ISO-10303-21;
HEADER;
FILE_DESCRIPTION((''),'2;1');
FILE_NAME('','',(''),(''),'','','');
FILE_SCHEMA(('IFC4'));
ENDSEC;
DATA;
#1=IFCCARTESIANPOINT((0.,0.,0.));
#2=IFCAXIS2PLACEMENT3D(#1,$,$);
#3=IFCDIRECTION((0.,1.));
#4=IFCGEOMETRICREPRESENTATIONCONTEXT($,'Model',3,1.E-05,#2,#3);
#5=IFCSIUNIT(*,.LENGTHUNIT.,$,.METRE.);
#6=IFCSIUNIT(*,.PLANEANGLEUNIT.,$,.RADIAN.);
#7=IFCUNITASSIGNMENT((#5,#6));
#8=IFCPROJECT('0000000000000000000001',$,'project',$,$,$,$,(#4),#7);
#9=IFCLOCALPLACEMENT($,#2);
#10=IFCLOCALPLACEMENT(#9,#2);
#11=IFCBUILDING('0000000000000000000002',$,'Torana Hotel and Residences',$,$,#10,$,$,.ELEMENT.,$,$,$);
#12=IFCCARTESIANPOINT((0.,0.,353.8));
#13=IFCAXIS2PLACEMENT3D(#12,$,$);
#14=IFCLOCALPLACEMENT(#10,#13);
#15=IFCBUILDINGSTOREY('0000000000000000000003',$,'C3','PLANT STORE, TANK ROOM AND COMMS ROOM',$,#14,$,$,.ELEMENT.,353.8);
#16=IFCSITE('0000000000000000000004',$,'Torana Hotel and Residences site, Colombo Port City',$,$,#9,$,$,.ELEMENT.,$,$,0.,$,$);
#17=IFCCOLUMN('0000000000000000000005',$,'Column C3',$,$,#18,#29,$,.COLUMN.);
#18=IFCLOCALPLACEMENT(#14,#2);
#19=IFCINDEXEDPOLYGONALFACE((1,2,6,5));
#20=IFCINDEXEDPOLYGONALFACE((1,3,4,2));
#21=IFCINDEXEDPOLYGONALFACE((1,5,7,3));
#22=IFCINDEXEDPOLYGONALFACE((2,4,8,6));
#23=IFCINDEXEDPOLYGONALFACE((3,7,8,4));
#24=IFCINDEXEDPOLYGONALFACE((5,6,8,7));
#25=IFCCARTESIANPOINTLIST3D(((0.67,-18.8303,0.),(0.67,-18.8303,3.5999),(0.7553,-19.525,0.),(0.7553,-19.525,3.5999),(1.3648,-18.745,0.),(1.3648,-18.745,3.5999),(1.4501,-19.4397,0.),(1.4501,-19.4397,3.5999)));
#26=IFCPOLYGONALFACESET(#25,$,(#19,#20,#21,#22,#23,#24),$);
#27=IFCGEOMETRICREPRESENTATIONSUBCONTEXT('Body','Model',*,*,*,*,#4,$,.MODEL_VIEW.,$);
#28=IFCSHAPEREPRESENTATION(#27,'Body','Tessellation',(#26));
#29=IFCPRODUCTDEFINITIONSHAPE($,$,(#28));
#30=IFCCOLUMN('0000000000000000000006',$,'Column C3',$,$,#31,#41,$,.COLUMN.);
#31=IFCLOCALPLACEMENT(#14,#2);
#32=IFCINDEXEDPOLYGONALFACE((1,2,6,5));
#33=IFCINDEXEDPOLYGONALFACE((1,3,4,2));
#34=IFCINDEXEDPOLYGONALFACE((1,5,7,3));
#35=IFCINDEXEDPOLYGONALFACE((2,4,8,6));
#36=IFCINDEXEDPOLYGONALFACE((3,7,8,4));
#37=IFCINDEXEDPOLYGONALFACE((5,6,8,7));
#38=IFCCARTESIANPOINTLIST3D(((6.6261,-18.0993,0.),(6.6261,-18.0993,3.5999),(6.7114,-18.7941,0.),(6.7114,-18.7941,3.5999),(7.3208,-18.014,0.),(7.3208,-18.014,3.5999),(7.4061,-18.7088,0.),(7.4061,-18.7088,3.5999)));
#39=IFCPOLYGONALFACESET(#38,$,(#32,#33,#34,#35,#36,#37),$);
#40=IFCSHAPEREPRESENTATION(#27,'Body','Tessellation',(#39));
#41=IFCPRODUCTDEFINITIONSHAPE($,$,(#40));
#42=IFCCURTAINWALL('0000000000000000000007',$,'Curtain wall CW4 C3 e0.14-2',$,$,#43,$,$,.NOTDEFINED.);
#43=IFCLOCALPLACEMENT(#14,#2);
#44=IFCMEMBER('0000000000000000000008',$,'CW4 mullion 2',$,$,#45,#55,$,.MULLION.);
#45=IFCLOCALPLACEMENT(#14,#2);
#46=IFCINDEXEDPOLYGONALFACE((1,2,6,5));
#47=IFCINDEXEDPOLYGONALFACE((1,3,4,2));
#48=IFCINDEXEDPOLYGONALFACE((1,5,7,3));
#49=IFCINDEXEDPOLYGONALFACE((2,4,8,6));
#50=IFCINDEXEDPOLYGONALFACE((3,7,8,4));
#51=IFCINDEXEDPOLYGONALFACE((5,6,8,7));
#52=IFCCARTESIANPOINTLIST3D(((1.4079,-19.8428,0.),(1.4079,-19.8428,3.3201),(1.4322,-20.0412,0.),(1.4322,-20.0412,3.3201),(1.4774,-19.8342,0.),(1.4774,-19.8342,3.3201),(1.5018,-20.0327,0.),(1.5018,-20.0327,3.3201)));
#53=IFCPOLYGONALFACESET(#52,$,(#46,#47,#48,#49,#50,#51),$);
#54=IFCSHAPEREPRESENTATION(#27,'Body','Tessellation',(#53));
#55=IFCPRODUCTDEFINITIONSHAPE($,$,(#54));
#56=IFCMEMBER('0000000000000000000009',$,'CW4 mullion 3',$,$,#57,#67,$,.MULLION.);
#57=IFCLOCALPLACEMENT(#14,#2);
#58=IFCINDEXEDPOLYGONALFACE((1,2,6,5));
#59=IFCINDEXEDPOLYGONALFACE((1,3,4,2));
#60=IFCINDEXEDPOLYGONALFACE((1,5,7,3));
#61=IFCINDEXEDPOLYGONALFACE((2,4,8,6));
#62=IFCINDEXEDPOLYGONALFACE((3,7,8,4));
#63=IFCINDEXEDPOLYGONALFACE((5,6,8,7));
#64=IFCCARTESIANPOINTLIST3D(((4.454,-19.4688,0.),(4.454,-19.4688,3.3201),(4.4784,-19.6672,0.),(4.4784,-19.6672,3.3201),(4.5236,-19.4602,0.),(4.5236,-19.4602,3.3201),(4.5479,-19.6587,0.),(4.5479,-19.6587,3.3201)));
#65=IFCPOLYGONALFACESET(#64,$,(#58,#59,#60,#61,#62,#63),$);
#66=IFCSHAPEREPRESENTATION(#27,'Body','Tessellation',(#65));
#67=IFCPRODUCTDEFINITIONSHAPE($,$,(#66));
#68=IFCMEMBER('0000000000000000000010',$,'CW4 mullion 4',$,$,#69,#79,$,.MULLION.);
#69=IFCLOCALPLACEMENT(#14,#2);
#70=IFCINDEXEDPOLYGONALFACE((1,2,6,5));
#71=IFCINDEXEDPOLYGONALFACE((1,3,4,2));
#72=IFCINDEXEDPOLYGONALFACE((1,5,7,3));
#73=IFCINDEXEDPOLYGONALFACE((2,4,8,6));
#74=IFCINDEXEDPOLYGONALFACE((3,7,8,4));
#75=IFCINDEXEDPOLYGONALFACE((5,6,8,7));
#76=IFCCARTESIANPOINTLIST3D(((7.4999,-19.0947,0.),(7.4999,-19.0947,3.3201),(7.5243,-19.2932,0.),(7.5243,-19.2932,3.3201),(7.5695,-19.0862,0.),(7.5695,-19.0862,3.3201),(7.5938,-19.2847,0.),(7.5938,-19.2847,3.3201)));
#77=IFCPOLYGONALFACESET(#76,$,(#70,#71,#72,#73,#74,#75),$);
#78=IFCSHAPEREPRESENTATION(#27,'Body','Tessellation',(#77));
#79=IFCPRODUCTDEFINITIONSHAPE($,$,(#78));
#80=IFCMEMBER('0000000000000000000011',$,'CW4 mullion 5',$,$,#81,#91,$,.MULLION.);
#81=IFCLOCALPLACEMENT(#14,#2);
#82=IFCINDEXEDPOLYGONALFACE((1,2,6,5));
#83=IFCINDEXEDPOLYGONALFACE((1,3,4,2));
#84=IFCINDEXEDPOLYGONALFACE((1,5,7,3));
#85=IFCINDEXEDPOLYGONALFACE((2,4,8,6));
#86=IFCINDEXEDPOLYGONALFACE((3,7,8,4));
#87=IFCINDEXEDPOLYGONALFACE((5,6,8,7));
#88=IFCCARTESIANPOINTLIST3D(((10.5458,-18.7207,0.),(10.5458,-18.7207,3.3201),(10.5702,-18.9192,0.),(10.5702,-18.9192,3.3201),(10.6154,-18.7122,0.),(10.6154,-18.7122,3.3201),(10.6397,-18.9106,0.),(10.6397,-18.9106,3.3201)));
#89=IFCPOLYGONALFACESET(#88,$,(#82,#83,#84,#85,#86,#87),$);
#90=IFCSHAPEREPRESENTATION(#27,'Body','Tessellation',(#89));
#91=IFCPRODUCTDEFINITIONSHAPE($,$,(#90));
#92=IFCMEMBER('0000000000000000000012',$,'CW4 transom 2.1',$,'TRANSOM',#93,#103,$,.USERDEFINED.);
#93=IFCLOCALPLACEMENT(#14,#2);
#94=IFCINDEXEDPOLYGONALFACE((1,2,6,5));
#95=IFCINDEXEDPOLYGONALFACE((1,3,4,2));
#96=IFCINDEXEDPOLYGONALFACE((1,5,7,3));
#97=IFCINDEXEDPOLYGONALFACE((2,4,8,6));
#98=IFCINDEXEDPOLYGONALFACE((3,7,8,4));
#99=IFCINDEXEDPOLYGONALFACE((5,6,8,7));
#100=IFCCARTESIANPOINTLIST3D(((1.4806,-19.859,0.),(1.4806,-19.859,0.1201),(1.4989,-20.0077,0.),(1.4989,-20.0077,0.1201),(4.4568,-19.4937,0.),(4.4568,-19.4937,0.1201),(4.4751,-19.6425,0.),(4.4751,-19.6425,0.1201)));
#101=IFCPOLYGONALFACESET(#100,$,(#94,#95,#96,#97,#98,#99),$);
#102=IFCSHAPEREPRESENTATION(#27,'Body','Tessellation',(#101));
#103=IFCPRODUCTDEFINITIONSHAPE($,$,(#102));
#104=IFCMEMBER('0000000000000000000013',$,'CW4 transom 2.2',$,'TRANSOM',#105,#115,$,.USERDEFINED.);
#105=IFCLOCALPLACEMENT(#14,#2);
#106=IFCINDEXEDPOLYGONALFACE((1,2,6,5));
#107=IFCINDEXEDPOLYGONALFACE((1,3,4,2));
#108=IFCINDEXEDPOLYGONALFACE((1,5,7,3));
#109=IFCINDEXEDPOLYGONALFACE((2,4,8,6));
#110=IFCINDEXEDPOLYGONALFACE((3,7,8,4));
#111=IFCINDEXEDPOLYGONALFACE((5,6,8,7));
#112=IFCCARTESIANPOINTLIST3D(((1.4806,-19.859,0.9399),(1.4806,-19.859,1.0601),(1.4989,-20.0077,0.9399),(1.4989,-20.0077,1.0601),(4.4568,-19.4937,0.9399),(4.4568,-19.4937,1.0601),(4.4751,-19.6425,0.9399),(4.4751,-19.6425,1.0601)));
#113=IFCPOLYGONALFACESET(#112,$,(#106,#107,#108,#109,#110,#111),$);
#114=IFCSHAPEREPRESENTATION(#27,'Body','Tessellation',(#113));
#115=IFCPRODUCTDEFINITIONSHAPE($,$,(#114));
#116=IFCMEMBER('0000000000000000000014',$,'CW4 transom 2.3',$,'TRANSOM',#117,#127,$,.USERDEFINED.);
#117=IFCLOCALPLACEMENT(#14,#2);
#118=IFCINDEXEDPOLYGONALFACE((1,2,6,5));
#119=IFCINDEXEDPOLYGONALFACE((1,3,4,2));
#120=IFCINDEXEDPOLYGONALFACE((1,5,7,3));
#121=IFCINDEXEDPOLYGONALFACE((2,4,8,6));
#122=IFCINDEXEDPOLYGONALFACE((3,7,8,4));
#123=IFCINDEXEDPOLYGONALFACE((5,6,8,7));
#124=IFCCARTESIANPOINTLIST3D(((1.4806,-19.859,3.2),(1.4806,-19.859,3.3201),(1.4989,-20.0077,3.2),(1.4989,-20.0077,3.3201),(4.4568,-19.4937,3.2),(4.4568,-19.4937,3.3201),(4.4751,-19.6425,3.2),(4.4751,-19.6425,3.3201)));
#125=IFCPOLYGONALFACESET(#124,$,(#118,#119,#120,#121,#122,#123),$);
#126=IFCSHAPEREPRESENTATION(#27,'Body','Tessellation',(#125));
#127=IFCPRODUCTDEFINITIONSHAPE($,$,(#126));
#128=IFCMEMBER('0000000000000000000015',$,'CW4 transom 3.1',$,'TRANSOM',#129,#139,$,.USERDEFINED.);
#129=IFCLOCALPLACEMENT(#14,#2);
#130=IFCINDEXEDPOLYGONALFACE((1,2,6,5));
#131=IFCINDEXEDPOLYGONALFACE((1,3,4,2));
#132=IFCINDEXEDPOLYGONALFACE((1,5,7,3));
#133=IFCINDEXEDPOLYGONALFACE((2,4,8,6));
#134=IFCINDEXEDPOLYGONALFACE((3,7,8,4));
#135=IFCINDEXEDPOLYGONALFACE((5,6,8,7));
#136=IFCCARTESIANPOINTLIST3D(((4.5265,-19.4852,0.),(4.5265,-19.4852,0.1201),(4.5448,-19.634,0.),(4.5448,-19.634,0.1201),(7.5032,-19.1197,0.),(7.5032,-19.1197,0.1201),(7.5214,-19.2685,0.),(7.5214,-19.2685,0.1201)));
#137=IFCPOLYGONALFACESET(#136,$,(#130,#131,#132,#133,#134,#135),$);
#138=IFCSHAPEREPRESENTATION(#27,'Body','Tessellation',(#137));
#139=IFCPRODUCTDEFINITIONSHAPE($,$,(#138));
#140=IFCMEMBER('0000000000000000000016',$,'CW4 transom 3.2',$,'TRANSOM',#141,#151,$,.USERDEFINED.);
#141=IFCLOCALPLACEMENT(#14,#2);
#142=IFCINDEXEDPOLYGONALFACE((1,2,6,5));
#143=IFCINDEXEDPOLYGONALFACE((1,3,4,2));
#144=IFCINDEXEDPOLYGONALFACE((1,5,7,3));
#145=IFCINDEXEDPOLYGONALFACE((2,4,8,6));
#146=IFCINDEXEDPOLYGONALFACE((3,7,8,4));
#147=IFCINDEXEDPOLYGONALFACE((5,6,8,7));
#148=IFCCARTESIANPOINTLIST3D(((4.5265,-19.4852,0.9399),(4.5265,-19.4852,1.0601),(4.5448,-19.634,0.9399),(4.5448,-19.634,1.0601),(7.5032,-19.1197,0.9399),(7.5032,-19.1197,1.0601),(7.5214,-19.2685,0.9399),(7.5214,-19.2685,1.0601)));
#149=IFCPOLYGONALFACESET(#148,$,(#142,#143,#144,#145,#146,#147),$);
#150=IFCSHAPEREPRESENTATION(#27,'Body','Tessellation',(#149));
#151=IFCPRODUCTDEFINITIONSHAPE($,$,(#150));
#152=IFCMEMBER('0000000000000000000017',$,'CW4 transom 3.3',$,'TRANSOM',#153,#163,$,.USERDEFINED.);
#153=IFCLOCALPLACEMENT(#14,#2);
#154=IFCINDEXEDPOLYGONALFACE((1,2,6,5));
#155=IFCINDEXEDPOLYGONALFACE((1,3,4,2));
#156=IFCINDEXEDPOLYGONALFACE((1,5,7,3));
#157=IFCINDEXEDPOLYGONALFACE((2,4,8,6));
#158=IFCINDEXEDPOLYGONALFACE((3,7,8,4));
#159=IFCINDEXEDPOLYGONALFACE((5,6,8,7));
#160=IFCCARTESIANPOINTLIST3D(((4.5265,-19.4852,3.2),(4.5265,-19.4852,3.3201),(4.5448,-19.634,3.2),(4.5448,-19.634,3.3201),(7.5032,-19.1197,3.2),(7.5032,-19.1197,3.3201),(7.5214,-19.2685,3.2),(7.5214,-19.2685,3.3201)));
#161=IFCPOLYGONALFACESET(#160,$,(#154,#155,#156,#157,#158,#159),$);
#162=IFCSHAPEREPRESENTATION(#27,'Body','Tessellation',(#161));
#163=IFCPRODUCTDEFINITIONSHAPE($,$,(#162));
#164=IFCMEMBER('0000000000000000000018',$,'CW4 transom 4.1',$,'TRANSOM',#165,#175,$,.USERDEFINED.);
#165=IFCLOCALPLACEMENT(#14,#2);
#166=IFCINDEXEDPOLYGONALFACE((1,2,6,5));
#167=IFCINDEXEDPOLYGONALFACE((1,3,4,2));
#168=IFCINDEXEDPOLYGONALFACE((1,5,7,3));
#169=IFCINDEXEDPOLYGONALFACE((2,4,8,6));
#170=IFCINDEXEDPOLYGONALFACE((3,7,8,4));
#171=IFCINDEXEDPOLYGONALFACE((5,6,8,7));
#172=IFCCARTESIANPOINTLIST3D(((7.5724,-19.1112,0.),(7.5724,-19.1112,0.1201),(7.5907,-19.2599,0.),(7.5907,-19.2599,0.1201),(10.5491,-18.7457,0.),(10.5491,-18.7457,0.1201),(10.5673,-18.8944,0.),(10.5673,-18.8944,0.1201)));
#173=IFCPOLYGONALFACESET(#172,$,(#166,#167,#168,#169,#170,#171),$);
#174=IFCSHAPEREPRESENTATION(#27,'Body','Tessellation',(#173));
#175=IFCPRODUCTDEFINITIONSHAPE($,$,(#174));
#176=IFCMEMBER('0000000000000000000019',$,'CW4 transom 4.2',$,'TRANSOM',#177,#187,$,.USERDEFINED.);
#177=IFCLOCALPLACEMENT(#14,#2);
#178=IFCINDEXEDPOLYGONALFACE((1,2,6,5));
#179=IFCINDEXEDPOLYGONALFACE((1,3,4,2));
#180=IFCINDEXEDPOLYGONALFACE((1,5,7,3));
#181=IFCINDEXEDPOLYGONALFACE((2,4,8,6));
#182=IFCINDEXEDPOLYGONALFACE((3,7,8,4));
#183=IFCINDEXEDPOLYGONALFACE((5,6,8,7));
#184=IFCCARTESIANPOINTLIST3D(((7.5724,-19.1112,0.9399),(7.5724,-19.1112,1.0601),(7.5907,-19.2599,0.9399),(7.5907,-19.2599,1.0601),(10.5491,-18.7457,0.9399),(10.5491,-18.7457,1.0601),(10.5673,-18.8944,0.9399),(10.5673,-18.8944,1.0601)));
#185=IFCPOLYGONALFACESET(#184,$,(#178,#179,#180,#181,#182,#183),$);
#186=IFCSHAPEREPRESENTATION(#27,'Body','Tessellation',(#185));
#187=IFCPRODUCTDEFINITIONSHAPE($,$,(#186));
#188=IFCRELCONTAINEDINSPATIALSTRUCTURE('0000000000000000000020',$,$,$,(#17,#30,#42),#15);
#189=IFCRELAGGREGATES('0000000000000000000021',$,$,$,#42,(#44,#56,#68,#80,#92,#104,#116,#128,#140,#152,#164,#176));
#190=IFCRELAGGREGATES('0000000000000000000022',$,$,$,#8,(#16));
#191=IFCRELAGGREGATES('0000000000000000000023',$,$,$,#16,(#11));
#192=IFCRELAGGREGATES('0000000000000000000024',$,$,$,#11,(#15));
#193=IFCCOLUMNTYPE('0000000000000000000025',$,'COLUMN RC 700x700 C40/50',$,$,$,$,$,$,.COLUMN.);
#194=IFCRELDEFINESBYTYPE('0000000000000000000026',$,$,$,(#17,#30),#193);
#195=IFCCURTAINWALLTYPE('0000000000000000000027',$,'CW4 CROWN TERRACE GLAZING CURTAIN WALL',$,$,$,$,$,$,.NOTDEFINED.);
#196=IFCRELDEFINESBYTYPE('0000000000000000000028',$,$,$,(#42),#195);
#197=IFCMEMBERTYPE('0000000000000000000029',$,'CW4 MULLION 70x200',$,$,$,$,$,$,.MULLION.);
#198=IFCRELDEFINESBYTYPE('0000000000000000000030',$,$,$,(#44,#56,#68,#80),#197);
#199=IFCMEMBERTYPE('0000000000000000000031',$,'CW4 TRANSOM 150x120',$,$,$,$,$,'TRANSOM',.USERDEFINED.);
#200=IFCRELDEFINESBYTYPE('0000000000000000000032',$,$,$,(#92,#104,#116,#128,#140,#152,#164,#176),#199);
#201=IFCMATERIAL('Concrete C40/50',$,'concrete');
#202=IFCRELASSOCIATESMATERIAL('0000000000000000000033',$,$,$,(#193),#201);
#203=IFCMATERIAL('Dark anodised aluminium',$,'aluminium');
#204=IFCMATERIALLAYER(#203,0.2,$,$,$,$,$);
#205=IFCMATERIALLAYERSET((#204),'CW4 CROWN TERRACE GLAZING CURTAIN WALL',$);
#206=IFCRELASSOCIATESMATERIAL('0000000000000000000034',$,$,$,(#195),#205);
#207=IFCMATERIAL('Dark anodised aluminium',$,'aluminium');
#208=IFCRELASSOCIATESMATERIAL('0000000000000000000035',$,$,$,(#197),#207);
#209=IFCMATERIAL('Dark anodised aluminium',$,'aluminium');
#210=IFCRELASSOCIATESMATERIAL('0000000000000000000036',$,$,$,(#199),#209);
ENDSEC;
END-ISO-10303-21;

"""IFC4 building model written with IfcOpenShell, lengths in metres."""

from ifc_helpers import new_model, si_unit, direction, frame, origin, origin_2d, place, context, subcontext, project, spatial, rectangle, extrude, material, layer, layer_set, material_profile, profile_set, type_object, element, aggregate, save


model = new_model("IFC4")

# Units and contexts
model_context = context("Model", 3, precision=1e-05, world=origin(), true_north=direction((0.0, 1.0)))
body_context = subcontext(model_context, "Body", "Model", "MODEL_VIEW")
ifc_project = project(units=[si_unit("LENGTHUNIT", "METRE"), si_unit("PLANEANGLEUNIT", "RADIAN")], contexts=[model_context])

# Site, building, storey
site_placement = place(None, origin())
site = spatial("IfcSite", under=ifc_project, at=site_placement, Name="Torana Hotel and Residences site, Colombo Port City", CompositionType="ELEMENT", RefElevation=0.0)
building_placement = place(site_placement, origin())
building = spatial("IfcBuilding", under=site, at=building_placement, Name="Torana Hotel and Residences", CompositionType="ELEMENT")
storey_placement = place(building_placement, frame((0.0, 0.0, 353.8)))
storey = spatial("IfcBuildingStorey", under=building, at=storey_placement, Name="C3", Description="PLANT STORE, TANK ROOM AND COMMS ROOM", CompositionType="ELEMENT", Elevation=353.8)

# Columns
ifc_material_1 = material(Name="Concrete C40/50", Category="concrete")
ifc_material_profile_1 = material_profile(ifc_material_1, rectangle(XDim=0.7, YDim=0.7, at=origin_2d()), Name="RC 700x700")
ifc_profile_set_1 = profile_set([ifc_material_profile_1], Name="Concrete C40/50")
column_type = type_object("IfcColumnType", Name="COLUMN RC 700x700 C40/50", PredefinedType="COLUMN", material=ifc_profile_set_1)
for number, where, z_axis, x_axis, name in (
    (1, (1.0601, -19.135, 0.0), (0.0, 0.0, 1.0), (0.992546, 0.121869, 0.0), "Column C3"),
    (2, (7.0161, -18.4041, 0.0), (0.0, 0.0, 1.0), (0.992546, 0.121869, 0.0), "Column C3"),
):
    element("IfcColumn", number, at=place(storey_placement, frame(where, z_axis=z_axis, x_axis=x_axis)), inside=storey, type_object=column_type, Name=name, PredefinedType="COLUMN", context=body_context, shape_type="SweptSolid", body=[
        extrude(rectangle(XDim=0.7, YDim=0.7, at=origin_2d()), origin(), (0.0, 0.0, 1.0), 3.5999),
    ])

# Curtain wall, members
ifc_material_2 = material(Name="Dark anodised aluminium", Category="aluminium")
ifc_layer_1 = layer(ifc_material_2, 0.2)
ifc_layer_set_1 = layer_set([ifc_layer_1], Name="CW4 CROWN TERRACE GLAZING CURTAIN WALL")
curtain_wall_type = type_object("IfcCurtainWallType", Name="CW4 CROWN TERRACE GLAZING CURTAIN WALL", PredefinedType="NOTDEFINED", material=ifc_layer_set_1)
curtain_wall_placement = place(storey_placement, origin())
curtain_wall = element("IfcCurtainWall", 3, at=curtain_wall_placement, inside=storey, type_object=curtain_wall_type, Name="Curtain wall CW4 C3 e0.14-2", PredefinedType="NOTDEFINED")
ifc_material_3 = material(Name="Dark anodised aluminium", Category="aluminium")
ifc_material_profile_2 = material_profile(ifc_material_3, rectangle(XDim=0.2, YDim=0.0701, at=origin_2d()), Name="CW4 MULLION 70x200")
ifc_profile_set_2 = profile_set([ifc_material_profile_2], Name="Dark anodised aluminium")
member_type_1 = type_object("IfcMemberType", Name="CW4 MULLION 70x200", PredefinedType="MULLION", material=ifc_profile_set_2)
member_1_placement = place(storey_placement, frame((1.4548, -19.9377, 0.0), z_axis=(0.0, 0.0, 1.0), x_axis=(-0.121865, 0.992547, 0.0)))
member_1 = element("IfcMember", 4, at=member_1_placement, type_object=member_type_1, Name="CW4 mullion 2", PredefinedType="MULLION", context=body_context, shape_type="SweptSolid", body=[
    extrude(rectangle(XDim=0.2, YDim=0.0701, at=origin_2d()), origin(), (0.0, 0.0, 1.0), 3.3201),
])
member_2_placement = place(storey_placement, frame((4.501, -19.5637, 0.0), z_axis=(0.0, 0.0, 1.0), x_axis=(-0.121865, 0.992547, 0.0)))
member_2 = element("IfcMember", 5, at=member_2_placement, type_object=member_type_1, Name="CW4 mullion 3", PredefinedType="MULLION", context=body_context, shape_type="SweptSolid", body=[
    extrude(rectangle(XDim=0.2, YDim=0.0701, at=origin_2d()), origin(), (0.0, 0.0, 1.0), 3.3201),
])
member_3_placement = place(storey_placement, frame((7.5469, -19.1897, 0.0), z_axis=(0.0, 0.0, 1.0), x_axis=(-0.121865, 0.992547, 0.0)))
member_3 = element("IfcMember", 6, at=member_3_placement, type_object=member_type_1, Name="CW4 mullion 4", PredefinedType="MULLION", context=body_context, shape_type="SweptSolid", body=[
    extrude(rectangle(XDim=0.2, YDim=0.0701, at=origin_2d()), origin(), (0.0, 0.0, 1.0), 3.3201),
])
member_4_placement = place(storey_placement, frame((10.5928, -18.8157, 0.0), z_axis=(0.0, 0.0, 1.0), x_axis=(-0.121865, 0.992547, 0.0)))
member_4 = element("IfcMember", 7, at=member_4_placement, type_object=member_type_1, Name="CW4 mullion 5", PredefinedType="MULLION", context=body_context, shape_type="SweptSolid", body=[
    extrude(rectangle(XDim=0.2, YDim=0.0701, at=origin_2d()), origin(), (0.0, 0.0, 1.0), 3.3201),
])
ifc_material_4 = material(Name="Dark anodised aluminium", Category="aluminium")
ifc_material_profile_3 = material_profile(ifc_material_4, rectangle(XDim=0.1499, YDim=0.1201, at=origin_2d()), Name="CW4 TRANSOM 150x120")
ifc_profile_set_3 = profile_set([ifc_material_profile_3], Name="Dark anodised aluminium")
member_type_2 = type_object("IfcMemberType", Name="CW4 TRANSOM 150x120", ElementType="TRANSOM", PredefinedType="USERDEFINED", material=ifc_profile_set_3)
member_5_placement = place(storey_placement, frame((1.4897, -19.9333, 0.0601), z_axis=(0.992555, 0.1218, 0.0), x_axis=(-0.1218, 0.992555, 0.0)))
member_5 = element("IfcMember", 8, at=member_5_placement, type_object=member_type_2, Name="CW4 transom 2.1", ObjectType="TRANSOM", PredefinedType="USERDEFINED", context=body_context, shape_type="SweptSolid", body=[
    extrude(rectangle(XDim=0.1499, YDim=0.1201, at=origin_2d()), origin(), (0.0, 0.0, 1.0), 2.9985),
])
member_6_placement = place(storey_placement, frame((1.4897, -19.9333, 1.0), z_axis=(0.992555, 0.1218, 0.0), x_axis=(-0.1218, 0.992555, 0.0)))
member_6 = element("IfcMember", 9, at=member_6_placement, type_object=member_type_2, Name="CW4 transom 2.2", ObjectType="TRANSOM", PredefinedType="USERDEFINED", context=body_context, shape_type="SweptSolid", body=[
    extrude(rectangle(XDim=0.1499, YDim=0.1201, at=origin_2d()), origin(), (0.0, 0.0, 1.0), 2.9985),
])
member_7_placement = place(storey_placement, frame((1.4897, -19.9333, 3.26), z_axis=(0.992555, 0.1218, 0.0), x_axis=(-0.1218, 0.992555, 0.0)))
member_7 = element("IfcMember", 10, at=member_7_placement, type_object=member_type_2, Name="CW4 transom 2.3", ObjectType="TRANSOM", PredefinedType="USERDEFINED", context=body_context, shape_type="SweptSolid", body=[
    extrude(rectangle(XDim=0.1499, YDim=0.1201, at=origin_2d()), origin(), (0.0, 0.0, 1.0), 2.9985),
])
member_8_placement = place(storey_placement, frame((4.5356, -19.5596, 0.0601), z_axis=(0.992546, 0.12187, 0.0), x_axis=(-0.12187, 0.992546, 0.0)))
member_8 = element("IfcMember", 11, at=member_8_placement, type_object=member_type_2, Name="CW4 transom 3.1", ObjectType="TRANSOM", PredefinedType="USERDEFINED", context=body_context, shape_type="SweptSolid", body=[
    extrude(rectangle(XDim=0.1499, YDim=0.1201, at=origin_2d()), origin(), (0.0, 0.0, 1.0), 2.999),
])
member_9_placement = place(storey_placement, frame((4.5356, -19.5596, 1.0), z_axis=(0.992546, 0.12187, 0.0), x_axis=(-0.12187, 0.992546, 0.0)))
member_9 = element("IfcMember", 12, at=member_9_placement, type_object=member_type_2, Name="CW4 transom 3.2", ObjectType="TRANSOM", PredefinedType="USERDEFINED", context=body_context, shape_type="SweptSolid", body=[
    extrude(rectangle(XDim=0.1499, YDim=0.1201, at=origin_2d()), origin(), (0.0, 0.0, 1.0), 2.999),
])
member_10_placement = place(storey_placement, frame((4.5356, -19.5596, 3.26), z_axis=(0.992546, 0.12187, 0.0), x_axis=(-0.12187, 0.992546, 0.0)))
member_10 = element("IfcMember", 13, at=member_10_placement, type_object=member_type_2, Name="CW4 transom 3.3", ObjectType="TRANSOM", PredefinedType="USERDEFINED", context=body_context, shape_type="SweptSolid", body=[
    extrude(rectangle(XDim=0.1499, YDim=0.1201, at=origin_2d()), origin(), (0.0, 0.0, 1.0), 2.999),
])
member_11_placement = place(storey_placement, frame((7.5815, -19.1855, 0.0601), z_axis=(0.992546, 0.12187, 0.0), x_axis=(-0.12187, 0.992546, 0.0)))
member_11 = element("IfcMember", 14, at=member_11_placement, type_object=member_type_2, Name="CW4 transom 4.1", ObjectType="TRANSOM", PredefinedType="USERDEFINED", context=body_context, shape_type="SweptSolid", body=[
    extrude(rectangle(XDim=0.1499, YDim=0.1201, at=origin_2d()), origin(), (0.0, 0.0, 1.0), 2.999),
])
member_12_placement = place(storey_placement, frame((7.5815, -19.1855, 1.0), z_axis=(0.992546, 0.12187, 0.0), x_axis=(-0.12187, 0.992546, 0.0)))
member_12 = element("IfcMember", 15, at=member_12_placement, type_object=member_type_2, Name="CW4 transom 4.2", ObjectType="TRANSOM", PredefinedType="USERDEFINED", context=body_context, shape_type="SweptSolid", body=[
    extrude(rectangle(XDim=0.1499, YDim=0.1201, at=origin_2d()), origin(), (0.0, 0.0, 1.0), 2.999),
])
aggregate(curtain_wall, [member_1, member_2, member_3, member_4, member_5, member_6, member_7, member_8, member_9, member_10, member_11, member_12])

save(model, "model.ifc")
